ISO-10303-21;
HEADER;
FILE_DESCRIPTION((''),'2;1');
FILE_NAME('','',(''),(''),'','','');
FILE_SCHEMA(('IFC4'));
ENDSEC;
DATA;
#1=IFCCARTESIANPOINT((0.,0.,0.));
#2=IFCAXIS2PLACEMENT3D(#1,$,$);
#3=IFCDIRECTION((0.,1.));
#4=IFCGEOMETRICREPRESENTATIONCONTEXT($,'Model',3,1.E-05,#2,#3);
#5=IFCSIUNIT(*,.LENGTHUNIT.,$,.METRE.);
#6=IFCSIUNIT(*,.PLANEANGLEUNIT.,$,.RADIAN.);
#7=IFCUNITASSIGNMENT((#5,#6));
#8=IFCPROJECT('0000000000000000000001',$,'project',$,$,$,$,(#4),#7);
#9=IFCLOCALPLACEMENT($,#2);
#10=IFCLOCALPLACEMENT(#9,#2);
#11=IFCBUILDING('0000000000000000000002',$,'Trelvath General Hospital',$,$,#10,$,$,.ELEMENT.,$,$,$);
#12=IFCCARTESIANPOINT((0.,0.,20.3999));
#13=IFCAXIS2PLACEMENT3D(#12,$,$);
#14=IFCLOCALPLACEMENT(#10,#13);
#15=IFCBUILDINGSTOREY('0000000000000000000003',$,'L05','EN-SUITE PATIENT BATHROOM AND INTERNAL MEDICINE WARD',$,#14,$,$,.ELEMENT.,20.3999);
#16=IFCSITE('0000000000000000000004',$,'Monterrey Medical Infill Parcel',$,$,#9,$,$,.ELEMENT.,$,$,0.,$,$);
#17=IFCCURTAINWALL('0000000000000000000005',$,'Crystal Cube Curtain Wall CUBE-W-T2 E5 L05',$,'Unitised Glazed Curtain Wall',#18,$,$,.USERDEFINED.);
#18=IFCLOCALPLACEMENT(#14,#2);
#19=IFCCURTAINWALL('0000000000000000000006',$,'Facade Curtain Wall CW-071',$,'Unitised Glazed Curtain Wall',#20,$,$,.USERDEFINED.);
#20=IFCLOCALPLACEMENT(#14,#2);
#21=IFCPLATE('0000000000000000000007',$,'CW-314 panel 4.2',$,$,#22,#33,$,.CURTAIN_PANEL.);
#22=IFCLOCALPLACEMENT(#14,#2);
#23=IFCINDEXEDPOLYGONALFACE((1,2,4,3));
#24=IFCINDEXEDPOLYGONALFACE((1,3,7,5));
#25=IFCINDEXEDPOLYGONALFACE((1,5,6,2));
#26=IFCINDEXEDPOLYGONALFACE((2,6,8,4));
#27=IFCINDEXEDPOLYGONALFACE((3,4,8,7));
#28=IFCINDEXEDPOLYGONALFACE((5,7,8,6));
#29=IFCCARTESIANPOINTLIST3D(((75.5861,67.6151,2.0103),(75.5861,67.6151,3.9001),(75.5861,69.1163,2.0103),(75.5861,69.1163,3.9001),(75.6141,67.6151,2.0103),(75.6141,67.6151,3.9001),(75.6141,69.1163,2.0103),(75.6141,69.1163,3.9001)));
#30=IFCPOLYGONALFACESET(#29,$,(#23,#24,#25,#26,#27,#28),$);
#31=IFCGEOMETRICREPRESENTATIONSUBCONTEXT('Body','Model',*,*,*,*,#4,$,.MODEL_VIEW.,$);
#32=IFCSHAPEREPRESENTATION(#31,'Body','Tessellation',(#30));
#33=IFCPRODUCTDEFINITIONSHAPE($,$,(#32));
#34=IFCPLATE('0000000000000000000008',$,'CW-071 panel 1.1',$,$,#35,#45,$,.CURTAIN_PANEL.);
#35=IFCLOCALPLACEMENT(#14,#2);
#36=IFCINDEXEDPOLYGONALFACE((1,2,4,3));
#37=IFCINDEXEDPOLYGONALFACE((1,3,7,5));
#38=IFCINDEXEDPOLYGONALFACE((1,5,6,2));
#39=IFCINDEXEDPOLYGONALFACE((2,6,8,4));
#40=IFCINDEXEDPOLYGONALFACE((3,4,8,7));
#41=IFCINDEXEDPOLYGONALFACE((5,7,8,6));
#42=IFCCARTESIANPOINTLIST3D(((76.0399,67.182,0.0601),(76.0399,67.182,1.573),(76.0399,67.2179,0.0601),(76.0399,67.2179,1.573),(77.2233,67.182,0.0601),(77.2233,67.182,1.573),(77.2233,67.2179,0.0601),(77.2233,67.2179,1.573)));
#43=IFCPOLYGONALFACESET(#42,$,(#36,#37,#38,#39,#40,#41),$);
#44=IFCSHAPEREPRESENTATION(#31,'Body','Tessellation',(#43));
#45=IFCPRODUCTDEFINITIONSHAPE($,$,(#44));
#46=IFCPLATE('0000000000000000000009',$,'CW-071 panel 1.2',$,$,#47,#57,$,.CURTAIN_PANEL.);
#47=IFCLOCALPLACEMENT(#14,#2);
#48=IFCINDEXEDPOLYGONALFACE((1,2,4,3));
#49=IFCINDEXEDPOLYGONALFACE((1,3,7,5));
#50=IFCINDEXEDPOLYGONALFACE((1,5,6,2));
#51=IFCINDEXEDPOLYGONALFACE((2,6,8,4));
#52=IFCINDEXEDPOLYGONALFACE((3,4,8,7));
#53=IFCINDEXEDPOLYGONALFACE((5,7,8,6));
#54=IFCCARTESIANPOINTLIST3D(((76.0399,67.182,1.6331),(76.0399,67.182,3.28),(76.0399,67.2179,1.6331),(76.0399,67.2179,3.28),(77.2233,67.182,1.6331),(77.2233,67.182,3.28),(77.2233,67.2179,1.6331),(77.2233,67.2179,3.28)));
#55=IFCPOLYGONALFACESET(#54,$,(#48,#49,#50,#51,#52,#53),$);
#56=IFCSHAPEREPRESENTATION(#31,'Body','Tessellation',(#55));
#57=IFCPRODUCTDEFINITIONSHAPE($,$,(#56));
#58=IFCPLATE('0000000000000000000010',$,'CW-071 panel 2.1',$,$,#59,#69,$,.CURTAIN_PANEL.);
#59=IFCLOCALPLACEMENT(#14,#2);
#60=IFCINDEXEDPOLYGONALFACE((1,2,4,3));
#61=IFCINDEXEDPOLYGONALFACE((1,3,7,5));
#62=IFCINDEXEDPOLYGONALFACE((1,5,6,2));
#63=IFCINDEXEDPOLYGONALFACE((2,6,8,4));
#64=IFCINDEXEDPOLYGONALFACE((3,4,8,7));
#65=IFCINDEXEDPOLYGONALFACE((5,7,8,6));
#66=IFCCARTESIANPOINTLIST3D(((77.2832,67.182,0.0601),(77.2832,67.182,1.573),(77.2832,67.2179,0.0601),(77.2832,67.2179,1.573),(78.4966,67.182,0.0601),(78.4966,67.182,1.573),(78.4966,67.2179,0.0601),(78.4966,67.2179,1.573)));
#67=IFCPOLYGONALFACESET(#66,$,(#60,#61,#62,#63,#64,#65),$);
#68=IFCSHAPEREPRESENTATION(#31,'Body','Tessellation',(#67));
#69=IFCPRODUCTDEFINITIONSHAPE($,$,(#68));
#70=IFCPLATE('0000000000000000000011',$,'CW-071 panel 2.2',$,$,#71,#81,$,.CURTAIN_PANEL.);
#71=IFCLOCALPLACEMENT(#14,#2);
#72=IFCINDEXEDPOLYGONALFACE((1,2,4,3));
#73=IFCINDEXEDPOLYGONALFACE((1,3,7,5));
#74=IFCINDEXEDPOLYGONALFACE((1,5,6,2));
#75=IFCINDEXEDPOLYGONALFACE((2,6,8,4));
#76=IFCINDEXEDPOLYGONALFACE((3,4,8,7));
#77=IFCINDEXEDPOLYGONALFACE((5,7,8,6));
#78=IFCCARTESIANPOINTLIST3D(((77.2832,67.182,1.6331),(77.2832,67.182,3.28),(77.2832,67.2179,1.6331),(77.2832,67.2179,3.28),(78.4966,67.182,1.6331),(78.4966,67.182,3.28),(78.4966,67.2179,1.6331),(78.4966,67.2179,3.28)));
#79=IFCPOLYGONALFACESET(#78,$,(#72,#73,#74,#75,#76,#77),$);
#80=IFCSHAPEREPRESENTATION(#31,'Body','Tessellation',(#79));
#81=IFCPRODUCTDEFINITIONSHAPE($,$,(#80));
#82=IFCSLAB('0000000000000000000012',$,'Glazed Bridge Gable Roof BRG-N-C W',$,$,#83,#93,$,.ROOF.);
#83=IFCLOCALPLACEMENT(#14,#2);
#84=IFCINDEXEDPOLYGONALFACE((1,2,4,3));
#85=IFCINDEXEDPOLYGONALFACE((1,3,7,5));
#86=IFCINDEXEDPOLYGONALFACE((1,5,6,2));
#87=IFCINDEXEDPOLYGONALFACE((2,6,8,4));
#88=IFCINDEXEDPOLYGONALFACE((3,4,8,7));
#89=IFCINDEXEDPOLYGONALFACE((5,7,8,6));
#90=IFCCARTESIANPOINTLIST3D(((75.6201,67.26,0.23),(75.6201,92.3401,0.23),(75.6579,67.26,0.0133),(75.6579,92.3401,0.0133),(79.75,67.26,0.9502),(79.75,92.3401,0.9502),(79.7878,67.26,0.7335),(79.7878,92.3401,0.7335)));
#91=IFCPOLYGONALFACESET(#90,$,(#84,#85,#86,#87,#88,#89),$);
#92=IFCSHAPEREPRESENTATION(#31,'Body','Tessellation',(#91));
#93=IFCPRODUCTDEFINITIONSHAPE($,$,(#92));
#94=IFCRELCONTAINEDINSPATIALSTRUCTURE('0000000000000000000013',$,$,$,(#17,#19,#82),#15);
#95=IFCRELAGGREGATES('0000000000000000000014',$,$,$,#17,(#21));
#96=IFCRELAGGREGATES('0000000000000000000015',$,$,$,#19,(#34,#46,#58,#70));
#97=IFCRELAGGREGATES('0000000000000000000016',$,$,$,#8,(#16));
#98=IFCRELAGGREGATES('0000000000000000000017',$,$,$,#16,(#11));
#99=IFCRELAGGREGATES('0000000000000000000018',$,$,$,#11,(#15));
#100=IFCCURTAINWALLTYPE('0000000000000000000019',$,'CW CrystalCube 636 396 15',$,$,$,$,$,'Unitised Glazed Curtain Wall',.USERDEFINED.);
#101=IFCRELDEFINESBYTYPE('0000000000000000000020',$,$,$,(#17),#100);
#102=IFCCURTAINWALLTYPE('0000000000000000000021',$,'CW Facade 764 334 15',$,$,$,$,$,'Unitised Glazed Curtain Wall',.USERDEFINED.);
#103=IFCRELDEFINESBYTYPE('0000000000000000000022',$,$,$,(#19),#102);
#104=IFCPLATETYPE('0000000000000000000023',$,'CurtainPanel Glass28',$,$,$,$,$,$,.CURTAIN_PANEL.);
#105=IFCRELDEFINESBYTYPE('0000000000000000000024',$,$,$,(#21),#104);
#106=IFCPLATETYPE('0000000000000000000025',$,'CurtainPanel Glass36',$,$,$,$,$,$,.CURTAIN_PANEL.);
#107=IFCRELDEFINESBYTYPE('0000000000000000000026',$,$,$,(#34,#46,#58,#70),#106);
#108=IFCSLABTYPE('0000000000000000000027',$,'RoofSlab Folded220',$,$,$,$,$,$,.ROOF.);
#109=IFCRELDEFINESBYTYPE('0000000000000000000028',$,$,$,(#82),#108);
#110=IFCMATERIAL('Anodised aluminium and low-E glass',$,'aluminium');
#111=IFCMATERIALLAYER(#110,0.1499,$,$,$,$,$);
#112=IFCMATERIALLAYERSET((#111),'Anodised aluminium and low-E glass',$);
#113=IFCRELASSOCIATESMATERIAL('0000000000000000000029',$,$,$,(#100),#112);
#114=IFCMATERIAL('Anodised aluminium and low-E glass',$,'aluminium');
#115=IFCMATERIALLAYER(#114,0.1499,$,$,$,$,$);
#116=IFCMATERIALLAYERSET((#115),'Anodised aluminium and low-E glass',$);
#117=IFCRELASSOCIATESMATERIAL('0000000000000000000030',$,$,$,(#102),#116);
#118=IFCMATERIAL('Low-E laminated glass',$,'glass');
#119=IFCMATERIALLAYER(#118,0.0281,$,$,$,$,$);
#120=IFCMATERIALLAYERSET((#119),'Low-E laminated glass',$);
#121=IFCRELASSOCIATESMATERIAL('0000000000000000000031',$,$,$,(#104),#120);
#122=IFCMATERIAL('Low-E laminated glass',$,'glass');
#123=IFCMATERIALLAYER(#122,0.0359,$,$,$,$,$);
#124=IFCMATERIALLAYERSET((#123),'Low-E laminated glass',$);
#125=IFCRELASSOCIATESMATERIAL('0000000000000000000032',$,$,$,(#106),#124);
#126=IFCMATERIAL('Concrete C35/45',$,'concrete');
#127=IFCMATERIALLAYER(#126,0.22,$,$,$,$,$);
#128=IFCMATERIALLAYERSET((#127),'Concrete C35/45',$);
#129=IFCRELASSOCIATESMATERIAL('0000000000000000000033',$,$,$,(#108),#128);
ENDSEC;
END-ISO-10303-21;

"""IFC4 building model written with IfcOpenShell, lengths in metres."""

from ifc_helpers import new_model, si_unit, direction, frame, origin, origin_2d, place, context, subcontext, project, spatial, polyline, rectangle, outline, extrude, material, layer, layer_set, type_object, element, aggregate, save


model = new_model("IFC4")

# Units and contexts
model_context = context("Model", 3, precision=1e-05, world=origin(), true_north=direction((0.0, 1.0)))
body_context = subcontext(model_context, "Body", "Model", "MODEL_VIEW")
ifc_project = project(units=[si_unit("LENGTHUNIT", "METRE"), si_unit("PLANEANGLEUNIT", "RADIAN")], contexts=[model_context])

# Site, building, storey
site_placement = place(None, origin())
site = spatial("IfcSite", under=ifc_project, at=site_placement, Name="Monterrey Medical Infill Parcel", CompositionType="ELEMENT", RefElevation=0.0)
building_placement = place(site_placement, origin())
building = spatial("IfcBuilding", under=site, at=building_placement, Name="Trelvath General Hospital", CompositionType="ELEMENT")
storey_placement = place(building_placement, frame((0.0, 0.0, 20.3999)))
storey = spatial("IfcBuildingStorey", under=building, at=storey_placement, Name="L05", Description="EN-SUITE PATIENT BATHROOM AND INTERNAL MEDICINE WARD", CompositionType="ELEMENT", Elevation=20.3999)

# Curtain wall
ifc_material_1 = material(Name="Anodised aluminium and low-E glass", Category="aluminium")
ifc_layer_1 = layer(ifc_material_1, 0.1499)
ifc_layer_set_1 = layer_set([ifc_layer_1], Name="Anodised aluminium and low-E glass")
curtain_wall_type_1 = type_object("IfcCurtainWallType", Name="CW CrystalCube 636 396 15", ElementType="Unitised Glazed Curtain Wall", PredefinedType="USERDEFINED", material=ifc_layer_set_1)
curtain_wall_1_placement = place(storey_placement, origin())
curtain_wall_1 = element("IfcCurtainWall", 1, at=curtain_wall_1_placement, inside=storey, type_object=curtain_wall_type_1, Name="Crystal Cube Curtain Wall CUBE-W-T2 E5 L05", ObjectType="Unitised Glazed Curtain Wall", PredefinedType="USERDEFINED")

# Curtain wall
ifc_material_2 = material(Name="Anodised aluminium and low-E glass", Category="aluminium")
ifc_layer_2 = layer(ifc_material_2, 0.1499)
ifc_layer_set_2 = layer_set([ifc_layer_2], Name="Anodised aluminium and low-E glass")
curtain_wall_type_2 = type_object("IfcCurtainWallType", Name="CW Facade 764 334 15", ElementType="Unitised Glazed Curtain Wall", PredefinedType="USERDEFINED", material=ifc_layer_set_2)
curtain_wall_2_placement = place(storey_placement, origin())
curtain_wall_2 = element("IfcCurtainWall", 2, at=curtain_wall_2_placement, inside=storey, type_object=curtain_wall_type_2, Name="Facade Curtain Wall CW-071", ObjectType="Unitised Glazed Curtain Wall", PredefinedType="USERDEFINED")

# Plates
ifc_material_3 = material(Name="Low-E laminated glass", Category="glass")
ifc_layer_3 = layer(ifc_material_3, 0.0281)
ifc_layer_set_3 = layer_set([ifc_layer_3], Name="Low-E laminated glass")
plate_type_1 = type_object("IfcPlateType", Name="CurtainPanel Glass28", PredefinedType="CURTAIN_PANEL", material=ifc_layer_set_3)
plate_1_placement = place(storey_placement, frame((75.6001, 68.3657, 2.0103), z_axis=(0.0, 0.0, 1.0), x_axis=(0.0, -1.0, 0.0)))
plate_1 = element("IfcPlate", 3, at=plate_1_placement, type_object=plate_type_1, Name="CW-314 panel 4.2", PredefinedType="CURTAIN_PANEL", context=body_context, shape_type="SweptSolid", body=[
    extrude(rectangle(XDim=1.5012, YDim=0.0281, at=origin_2d()), origin(), (0.0, 0.0, 1.0), 1.8899),
])
aggregate(curtain_wall_1, [plate_1])
ifc_material_4 = material(Name="Low-E laminated glass", Category="glass")
ifc_layer_4 = layer(ifc_material_4, 0.0359)
ifc_layer_set_4 = layer_set([ifc_layer_4], Name="Low-E laminated glass")
plate_type_2 = type_object("IfcPlateType", Name="CurtainPanel Glass36", PredefinedType="CURTAIN_PANEL", material=ifc_layer_set_4)
plate_2_placement = place(storey_placement, frame((76.6316, 67.2, 0.0601), z_axis=(0.0, 0.0, 1.0), x_axis=(1.0, 0.0, 0.0)))
plate_2 = element("IfcPlate", 4, at=plate_2_placement, type_object=plate_type_2, Name="CW-071 panel 1.1", PredefinedType="CURTAIN_PANEL", context=body_context, shape_type="SweptSolid", body=[
    extrude(rectangle(XDim=1.1833, YDim=0.0359, at=origin_2d()), origin(), (0.0, 0.0, 1.0), 1.5129),
])
plate_3_placement = place(storey_placement, frame((76.6316, 67.2, 1.6331), z_axis=(0.0, 0.0, 1.0), x_axis=(1.0, 0.0, 0.0)))
plate_3 = element("IfcPlate", 5, at=plate_3_placement, type_object=plate_type_2, Name="CW-071 panel 1.2", PredefinedType="CURTAIN_PANEL", context=body_context, shape_type="SweptSolid", body=[
    extrude(rectangle(XDim=1.1833, YDim=0.0359, at=origin_2d()), origin(), (0.0, 0.0, 1.0), 1.647),
])
plate_4_placement = place(storey_placement, frame((77.8899, 67.2, 0.0601), z_axis=(0.0, 0.0, 1.0), x_axis=(1.0, 0.0, 0.0)))
plate_4 = element("IfcPlate", 6, at=plate_4_placement, type_object=plate_type_2, Name="CW-071 panel 2.1", PredefinedType="CURTAIN_PANEL", context=body_context, shape_type="SweptSolid", body=[
    extrude(rectangle(XDim=1.2134, YDim=0.0359, at=origin_2d()), origin(), (0.0, 0.0, 1.0), 1.5129),
])
plate_5_placement = place(storey_placement, frame((77.8899, 67.2, 1.6331), z_axis=(0.0, 0.0, 1.0), x_axis=(1.0, 0.0, 0.0)))
plate_5 = element("IfcPlate", 7, at=plate_5_placement, type_object=plate_type_2, Name="CW-071 panel 2.2", PredefinedType="CURTAIN_PANEL", context=body_context, shape_type="SweptSolid", body=[
    extrude(rectangle(XDim=1.2134, YDim=0.0359, at=origin_2d()), origin(), (0.0, 0.0, 1.0), 1.647),
])
aggregate(curtain_wall_2, [plate_2, plate_3, plate_4, plate_5])

# Slab
ifc_material_5 = material(Name="Concrete C35/45", Category="concrete")
ifc_layer_5 = layer(ifc_material_5, 0.22)
ifc_layer_set_5 = layer_set([ifc_layer_5], Name="Concrete C35/45")
slab_type = type_object("IfcSlabType", Name="RoofSlab Folded220", PredefinedType="ROOF", material=ifc_layer_set_5)
slab_placement = place(storey_placement, frame((75.6201, 67.26, 0.23), z_axis=(-0.171798, 0.0, 0.985132), x_axis=(0.985132, 0.0, 0.171798)))
element("IfcSlab", 8, at=slab_placement, inside=storey, type_object=slab_type, Name="Glazed Bridge Gable Roof BRG-N-C W", PredefinedType="ROOF", context=body_context, shape_type="SweptSolid", body=[
    extrude(outline(polyline([(0.0, 0.0), (4.1922, 0.0), (4.1922, 25.0801), (0.0, 25.0801), (0.0, 0.0)])), origin(), (0.0, 0.0, -1.0), 0.22),
])

save(model, "model.ifc")
